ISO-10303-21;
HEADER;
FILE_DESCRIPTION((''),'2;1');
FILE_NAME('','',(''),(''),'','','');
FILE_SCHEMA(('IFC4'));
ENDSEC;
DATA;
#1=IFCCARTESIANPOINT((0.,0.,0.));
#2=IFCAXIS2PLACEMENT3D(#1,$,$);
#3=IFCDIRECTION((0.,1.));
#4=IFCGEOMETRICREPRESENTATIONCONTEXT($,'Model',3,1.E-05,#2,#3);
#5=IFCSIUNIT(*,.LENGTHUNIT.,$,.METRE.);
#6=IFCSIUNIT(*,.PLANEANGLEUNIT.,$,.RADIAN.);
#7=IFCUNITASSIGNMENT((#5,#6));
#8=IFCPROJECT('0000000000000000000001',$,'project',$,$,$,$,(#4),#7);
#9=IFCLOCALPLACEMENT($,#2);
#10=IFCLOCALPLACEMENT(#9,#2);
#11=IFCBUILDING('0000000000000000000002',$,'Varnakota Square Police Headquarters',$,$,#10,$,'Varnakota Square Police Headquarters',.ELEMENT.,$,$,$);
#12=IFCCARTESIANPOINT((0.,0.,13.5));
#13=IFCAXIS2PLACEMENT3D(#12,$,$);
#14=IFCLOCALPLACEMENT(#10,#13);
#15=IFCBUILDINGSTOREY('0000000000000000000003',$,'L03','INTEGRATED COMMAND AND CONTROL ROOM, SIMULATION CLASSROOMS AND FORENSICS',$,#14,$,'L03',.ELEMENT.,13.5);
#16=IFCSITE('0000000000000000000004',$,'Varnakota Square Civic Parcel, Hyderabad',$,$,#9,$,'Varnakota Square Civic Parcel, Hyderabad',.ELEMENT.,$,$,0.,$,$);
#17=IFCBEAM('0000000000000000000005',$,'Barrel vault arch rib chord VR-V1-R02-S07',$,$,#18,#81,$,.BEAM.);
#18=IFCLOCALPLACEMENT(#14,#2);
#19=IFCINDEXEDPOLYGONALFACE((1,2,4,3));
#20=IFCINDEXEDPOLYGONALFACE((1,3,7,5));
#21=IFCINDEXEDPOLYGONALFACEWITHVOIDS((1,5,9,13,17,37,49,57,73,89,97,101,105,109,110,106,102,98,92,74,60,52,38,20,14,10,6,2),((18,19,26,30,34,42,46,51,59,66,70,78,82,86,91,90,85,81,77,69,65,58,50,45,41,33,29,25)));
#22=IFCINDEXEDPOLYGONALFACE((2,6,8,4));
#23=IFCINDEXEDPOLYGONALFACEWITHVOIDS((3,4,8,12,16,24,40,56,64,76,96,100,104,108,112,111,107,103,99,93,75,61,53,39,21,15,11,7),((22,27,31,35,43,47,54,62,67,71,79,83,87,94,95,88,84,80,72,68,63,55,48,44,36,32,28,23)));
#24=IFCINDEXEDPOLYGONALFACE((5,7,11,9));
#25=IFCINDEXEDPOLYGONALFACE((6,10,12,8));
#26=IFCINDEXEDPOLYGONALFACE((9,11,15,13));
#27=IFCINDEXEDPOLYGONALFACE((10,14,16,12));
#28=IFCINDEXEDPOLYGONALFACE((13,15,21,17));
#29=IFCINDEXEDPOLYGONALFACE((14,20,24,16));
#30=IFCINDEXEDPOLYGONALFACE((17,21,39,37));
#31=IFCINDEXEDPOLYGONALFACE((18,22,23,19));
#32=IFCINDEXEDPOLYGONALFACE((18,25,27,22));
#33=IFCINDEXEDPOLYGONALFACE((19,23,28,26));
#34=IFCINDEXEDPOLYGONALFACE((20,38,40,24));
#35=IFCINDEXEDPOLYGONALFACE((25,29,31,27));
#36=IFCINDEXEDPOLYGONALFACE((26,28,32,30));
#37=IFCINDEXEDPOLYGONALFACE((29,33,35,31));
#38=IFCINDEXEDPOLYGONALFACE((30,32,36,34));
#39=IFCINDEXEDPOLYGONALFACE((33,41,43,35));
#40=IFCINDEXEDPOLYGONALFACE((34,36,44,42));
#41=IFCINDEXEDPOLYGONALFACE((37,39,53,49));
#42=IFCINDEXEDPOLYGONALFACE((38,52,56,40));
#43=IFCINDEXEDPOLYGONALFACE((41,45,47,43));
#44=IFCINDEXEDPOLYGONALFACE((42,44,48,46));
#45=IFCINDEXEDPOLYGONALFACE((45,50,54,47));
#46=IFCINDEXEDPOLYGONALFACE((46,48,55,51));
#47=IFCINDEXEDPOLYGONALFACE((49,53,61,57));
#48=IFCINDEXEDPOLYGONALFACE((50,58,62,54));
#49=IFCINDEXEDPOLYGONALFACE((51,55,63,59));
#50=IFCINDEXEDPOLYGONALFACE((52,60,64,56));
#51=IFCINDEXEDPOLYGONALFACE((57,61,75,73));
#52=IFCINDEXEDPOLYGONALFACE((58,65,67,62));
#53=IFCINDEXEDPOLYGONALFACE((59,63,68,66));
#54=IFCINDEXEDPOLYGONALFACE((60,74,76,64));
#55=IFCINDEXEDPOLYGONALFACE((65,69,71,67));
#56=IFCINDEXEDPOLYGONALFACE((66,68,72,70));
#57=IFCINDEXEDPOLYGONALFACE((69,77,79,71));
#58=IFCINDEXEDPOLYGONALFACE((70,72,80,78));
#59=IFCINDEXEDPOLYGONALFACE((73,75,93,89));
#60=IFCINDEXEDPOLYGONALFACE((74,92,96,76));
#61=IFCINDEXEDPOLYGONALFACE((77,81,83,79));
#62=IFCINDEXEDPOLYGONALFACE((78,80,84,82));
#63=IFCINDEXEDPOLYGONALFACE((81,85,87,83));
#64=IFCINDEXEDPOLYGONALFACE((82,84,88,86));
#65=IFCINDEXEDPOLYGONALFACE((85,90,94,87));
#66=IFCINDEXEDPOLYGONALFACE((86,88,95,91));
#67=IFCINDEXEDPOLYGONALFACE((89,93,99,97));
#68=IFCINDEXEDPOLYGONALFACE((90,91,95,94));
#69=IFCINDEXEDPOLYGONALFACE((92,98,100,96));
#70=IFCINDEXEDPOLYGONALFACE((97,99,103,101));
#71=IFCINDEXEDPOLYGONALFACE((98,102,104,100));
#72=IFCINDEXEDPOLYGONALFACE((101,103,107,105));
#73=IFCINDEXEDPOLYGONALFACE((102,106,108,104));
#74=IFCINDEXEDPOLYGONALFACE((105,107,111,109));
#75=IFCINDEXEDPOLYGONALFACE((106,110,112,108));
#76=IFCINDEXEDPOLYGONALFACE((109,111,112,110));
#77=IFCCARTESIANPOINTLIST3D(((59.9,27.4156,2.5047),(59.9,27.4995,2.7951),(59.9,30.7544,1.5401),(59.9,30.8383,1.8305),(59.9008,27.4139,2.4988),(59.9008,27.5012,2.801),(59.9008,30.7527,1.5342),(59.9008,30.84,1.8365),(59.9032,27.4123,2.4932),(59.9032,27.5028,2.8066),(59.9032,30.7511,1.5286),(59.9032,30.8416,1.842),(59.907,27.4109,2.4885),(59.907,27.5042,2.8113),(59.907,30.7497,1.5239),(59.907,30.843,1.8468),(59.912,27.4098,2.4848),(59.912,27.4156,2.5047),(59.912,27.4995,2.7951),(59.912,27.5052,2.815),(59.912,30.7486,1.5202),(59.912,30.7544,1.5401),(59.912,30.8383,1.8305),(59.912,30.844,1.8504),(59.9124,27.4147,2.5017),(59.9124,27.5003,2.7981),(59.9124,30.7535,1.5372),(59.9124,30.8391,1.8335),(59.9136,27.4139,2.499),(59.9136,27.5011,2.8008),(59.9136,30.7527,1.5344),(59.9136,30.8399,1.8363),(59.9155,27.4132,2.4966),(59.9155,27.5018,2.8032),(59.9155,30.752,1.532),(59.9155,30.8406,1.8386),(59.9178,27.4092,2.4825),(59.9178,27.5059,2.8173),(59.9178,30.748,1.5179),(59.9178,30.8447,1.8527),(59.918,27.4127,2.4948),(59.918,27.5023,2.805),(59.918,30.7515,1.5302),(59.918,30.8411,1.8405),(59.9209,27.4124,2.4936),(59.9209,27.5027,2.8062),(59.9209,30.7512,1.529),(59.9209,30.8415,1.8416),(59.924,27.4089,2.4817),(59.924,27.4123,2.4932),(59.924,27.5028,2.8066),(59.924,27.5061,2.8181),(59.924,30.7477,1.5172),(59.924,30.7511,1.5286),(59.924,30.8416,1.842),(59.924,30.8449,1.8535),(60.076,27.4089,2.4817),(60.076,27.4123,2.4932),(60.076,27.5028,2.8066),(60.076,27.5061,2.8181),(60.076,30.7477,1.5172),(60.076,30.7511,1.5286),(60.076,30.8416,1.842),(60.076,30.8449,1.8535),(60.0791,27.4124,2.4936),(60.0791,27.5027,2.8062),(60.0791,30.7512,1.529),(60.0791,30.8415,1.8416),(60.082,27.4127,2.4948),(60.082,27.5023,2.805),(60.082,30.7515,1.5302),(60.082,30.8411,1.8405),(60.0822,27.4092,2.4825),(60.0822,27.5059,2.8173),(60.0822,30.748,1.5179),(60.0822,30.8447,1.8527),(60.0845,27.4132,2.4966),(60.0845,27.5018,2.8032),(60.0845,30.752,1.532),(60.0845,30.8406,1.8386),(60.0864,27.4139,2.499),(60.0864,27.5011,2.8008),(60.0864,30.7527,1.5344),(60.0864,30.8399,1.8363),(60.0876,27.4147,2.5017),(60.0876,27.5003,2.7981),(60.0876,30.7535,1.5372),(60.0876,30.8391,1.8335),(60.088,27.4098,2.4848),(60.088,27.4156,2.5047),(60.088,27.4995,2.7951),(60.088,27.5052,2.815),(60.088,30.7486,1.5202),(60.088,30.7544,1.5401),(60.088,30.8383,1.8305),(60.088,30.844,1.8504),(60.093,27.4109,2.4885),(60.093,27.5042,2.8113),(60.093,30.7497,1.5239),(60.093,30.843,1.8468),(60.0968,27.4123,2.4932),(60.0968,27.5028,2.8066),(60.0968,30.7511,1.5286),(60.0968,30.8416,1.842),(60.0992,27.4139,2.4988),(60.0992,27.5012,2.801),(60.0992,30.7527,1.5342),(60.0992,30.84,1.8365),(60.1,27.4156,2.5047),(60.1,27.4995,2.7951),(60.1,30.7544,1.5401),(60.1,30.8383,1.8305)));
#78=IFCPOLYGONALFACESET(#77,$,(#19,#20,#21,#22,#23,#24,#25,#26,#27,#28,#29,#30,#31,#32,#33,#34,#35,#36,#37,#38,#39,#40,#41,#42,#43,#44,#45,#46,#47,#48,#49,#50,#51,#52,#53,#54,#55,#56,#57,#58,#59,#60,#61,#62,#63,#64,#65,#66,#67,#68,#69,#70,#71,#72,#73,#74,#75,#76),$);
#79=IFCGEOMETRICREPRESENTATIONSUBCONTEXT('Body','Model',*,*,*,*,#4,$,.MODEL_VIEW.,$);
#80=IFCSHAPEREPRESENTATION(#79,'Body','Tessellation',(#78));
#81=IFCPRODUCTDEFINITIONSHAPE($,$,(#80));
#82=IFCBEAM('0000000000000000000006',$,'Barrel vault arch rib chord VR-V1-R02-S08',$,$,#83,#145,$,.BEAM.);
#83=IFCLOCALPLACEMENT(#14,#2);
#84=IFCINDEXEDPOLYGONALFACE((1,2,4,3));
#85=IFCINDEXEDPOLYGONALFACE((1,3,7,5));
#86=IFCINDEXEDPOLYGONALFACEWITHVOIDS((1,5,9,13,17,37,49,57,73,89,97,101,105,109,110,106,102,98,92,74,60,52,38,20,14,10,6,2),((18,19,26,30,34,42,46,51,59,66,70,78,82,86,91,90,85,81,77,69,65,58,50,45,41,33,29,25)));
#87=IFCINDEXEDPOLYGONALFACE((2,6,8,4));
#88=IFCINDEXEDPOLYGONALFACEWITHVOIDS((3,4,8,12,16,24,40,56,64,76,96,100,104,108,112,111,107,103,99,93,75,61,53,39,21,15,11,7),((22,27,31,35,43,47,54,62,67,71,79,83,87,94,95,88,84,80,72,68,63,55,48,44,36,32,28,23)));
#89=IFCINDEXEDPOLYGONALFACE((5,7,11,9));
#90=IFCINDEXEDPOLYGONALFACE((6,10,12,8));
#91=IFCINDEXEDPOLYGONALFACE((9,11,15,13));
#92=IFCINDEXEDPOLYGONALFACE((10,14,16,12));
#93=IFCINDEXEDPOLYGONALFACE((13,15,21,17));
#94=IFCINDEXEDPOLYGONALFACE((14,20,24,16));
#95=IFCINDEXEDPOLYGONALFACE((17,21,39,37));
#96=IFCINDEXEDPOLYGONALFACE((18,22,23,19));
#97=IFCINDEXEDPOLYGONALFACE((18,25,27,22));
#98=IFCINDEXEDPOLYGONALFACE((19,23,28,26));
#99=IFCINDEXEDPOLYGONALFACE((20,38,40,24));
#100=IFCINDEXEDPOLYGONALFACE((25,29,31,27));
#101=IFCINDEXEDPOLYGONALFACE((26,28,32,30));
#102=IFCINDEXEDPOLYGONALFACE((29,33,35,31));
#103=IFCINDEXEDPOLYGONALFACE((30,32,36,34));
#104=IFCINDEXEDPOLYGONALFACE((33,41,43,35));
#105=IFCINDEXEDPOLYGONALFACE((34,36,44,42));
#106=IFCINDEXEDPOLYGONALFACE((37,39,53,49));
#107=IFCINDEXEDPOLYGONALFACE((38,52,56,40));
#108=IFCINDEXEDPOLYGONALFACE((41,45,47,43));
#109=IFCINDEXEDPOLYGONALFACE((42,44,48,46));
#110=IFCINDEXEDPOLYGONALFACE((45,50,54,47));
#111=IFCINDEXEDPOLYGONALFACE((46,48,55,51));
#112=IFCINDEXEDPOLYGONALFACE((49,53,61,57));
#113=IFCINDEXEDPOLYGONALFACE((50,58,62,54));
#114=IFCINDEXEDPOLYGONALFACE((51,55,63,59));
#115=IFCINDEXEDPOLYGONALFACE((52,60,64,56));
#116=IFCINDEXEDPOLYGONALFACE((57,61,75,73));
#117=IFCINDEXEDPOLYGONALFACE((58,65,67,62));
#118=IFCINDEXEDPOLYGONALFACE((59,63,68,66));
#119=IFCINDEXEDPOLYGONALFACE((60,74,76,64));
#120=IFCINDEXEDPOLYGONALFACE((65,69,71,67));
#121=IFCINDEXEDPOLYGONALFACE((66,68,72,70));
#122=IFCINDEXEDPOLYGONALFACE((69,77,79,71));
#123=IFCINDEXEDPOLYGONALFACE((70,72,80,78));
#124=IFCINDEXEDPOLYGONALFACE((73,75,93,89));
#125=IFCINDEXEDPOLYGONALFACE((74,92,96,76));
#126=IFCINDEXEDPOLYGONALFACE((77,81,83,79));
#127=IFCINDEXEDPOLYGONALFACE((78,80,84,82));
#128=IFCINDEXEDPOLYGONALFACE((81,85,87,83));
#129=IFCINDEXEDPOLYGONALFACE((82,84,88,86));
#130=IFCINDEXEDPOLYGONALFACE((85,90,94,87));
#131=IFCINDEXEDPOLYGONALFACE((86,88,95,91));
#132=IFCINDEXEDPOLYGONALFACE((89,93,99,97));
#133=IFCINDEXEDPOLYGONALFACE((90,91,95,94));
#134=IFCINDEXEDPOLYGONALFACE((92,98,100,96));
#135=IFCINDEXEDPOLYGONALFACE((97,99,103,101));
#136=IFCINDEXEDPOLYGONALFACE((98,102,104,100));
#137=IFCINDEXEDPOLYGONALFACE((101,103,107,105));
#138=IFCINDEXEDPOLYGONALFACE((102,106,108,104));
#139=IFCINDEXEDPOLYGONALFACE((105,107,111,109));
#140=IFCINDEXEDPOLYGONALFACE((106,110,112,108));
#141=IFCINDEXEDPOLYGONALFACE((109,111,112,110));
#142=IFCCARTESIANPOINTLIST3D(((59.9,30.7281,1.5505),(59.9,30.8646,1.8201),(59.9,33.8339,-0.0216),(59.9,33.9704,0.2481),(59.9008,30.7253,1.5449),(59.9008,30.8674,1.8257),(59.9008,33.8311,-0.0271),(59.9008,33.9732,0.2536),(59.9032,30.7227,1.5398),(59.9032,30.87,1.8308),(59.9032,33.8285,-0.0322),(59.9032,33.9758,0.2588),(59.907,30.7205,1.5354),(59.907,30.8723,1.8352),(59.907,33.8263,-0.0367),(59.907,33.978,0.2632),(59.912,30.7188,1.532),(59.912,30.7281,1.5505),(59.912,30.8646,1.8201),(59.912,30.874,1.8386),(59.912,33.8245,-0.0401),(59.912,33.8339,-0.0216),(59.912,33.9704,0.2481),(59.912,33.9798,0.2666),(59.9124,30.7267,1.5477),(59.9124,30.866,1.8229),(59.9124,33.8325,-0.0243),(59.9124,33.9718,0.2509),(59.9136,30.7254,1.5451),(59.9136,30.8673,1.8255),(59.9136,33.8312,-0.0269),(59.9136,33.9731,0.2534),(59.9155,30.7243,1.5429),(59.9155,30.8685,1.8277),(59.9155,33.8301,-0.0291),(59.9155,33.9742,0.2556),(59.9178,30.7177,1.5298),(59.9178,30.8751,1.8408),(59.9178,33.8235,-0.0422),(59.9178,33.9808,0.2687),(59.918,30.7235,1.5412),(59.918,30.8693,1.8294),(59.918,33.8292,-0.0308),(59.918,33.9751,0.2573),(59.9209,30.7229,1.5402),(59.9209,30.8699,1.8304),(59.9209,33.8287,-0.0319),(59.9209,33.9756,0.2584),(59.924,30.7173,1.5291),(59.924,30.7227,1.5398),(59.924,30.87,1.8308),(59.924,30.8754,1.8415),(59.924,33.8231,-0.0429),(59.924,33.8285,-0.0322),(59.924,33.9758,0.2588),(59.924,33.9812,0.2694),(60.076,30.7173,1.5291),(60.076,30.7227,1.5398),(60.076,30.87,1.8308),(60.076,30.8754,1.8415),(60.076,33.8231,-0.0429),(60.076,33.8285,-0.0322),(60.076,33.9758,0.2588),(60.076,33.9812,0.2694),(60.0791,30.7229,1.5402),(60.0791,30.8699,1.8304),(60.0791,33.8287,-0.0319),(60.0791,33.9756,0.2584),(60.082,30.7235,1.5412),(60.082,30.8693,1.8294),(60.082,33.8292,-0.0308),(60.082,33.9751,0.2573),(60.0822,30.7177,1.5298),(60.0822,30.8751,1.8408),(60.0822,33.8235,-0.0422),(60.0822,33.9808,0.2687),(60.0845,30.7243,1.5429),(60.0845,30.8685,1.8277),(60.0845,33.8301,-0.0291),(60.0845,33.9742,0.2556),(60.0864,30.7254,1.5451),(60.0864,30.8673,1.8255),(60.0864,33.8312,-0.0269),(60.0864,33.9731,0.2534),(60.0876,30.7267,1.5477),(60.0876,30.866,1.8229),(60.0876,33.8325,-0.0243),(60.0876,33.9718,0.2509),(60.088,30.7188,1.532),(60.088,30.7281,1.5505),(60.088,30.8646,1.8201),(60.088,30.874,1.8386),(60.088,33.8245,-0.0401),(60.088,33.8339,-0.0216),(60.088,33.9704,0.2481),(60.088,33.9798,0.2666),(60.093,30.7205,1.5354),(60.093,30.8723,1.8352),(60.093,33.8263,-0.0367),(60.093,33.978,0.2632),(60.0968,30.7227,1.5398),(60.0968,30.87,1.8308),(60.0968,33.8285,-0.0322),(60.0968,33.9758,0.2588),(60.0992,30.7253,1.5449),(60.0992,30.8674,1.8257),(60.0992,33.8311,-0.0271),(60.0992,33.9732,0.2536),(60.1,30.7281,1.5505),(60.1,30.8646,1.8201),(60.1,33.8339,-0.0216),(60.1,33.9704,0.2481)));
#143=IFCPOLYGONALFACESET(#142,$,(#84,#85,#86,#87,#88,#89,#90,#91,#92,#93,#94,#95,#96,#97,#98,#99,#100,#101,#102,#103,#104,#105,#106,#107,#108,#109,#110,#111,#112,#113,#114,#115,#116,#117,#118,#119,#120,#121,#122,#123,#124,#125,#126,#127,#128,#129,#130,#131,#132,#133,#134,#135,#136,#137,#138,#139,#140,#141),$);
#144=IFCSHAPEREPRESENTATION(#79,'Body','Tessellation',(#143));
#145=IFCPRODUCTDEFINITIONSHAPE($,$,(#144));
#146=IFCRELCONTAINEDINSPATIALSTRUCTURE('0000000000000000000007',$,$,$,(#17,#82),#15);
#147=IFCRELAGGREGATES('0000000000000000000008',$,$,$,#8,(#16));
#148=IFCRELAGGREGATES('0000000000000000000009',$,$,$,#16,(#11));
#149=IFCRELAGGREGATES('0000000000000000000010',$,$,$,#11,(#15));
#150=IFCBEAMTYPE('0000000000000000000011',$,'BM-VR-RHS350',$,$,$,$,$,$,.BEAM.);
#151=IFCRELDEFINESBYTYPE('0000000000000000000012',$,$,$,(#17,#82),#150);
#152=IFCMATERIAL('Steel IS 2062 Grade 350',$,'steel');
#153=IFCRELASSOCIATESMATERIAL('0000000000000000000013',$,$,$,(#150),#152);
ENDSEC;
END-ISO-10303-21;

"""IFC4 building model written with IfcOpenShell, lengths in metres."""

from ifc_helpers import new_model, si_unit, direction, frame, origin, origin_2d, place, context, subcontext, project, spatial, hollow_rectangle, extrude, material, material_profile, profile_set, type_object, element, save


model = new_model("IFC4")

# Units and contexts
model_context = context("Model", 3, precision=1e-05, world=origin(), true_north=direction((0.0, 1.0)))
body_context = subcontext(model_context, "Body", "Model", "MODEL_VIEW")
ifc_project = project(units=[si_unit("LENGTHUNIT", "METRE"), si_unit("PLANEANGLEUNIT", "RADIAN")], contexts=[model_context])

# Site, building, storey
site_placement = place(None, origin())
site = spatial("IfcSite", under=ifc_project, at=site_placement, Name="Varnakota Square Civic Parcel, Hyderabad", LongName="Varnakota Square Civic Parcel, Hyderabad", CompositionType="ELEMENT", RefElevation=0.0)
building_placement = place(site_placement, origin())
building = spatial("IfcBuilding", under=site, at=building_placement, Name="Varnakota Square Police Headquarters", LongName="Varnakota Square Police Headquarters", CompositionType="ELEMENT")
storey_placement = place(building_placement, frame((0.0, 0.0, 13.5)))
storey = spatial("IfcBuildingStorey", under=building, at=storey_placement, Name="L03", Description="INTEGRATED COMMAND AND CONTROL ROOM, SIMULATION CLASSROOMS AND FORENSICS", LongName="L03", CompositionType="ELEMENT", Elevation=13.5)

# Beams
ifc_material_1 = material(Name="Steel IS 2062 Grade 350", Category="steel")
ifc_material_profile_1 = material_profile(ifc_material_1, hollow_rectangle(XDim=0.2, YDim=0.3501, WallThickness=0.012, InnerFilletRadius=0.012, OuterFilletRadius=0.0239, at=origin_2d()), Name="RHS 350x200x12")
ifc_profile_set_1 = profile_set([ifc_material_profile_1], Name="Steel IS 2062 Grade 350")
beam_type = type_object("IfcBeamType", Name="BM-VR-RHS350", PredefinedType="BEAM", material=ifc_profile_set_1)
beam_1_placement = place(storey_placement, frame((60.0, 27.4575, 2.6499), z_axis=(0.0, 0.960711, -0.27755), x_axis=(-1.0, 0.0, 0.0)))
element("IfcBeam", 1, at=beam_1_placement, inside=storey, type_object=beam_type, Name="Barrel vault arch rib chord VR-V1-R02-S07", PredefinedType="BEAM", context=body_context, shape_type="SweptSolid", body=[
    extrude(hollow_rectangle(XDim=0.2, YDim=0.3501, WallThickness=0.012, InnerFilletRadius=0.012, OuterFilletRadius=0.0239, at=origin_2d()), origin(), (0.0, 0.0, 1.0), 3.4753),
])
beam_2_placement = place(storey_placement, frame((60.0, 30.7964, 1.6853), z_axis=(0.0, 0.892214, -0.451613), x_axis=(-1.0, 0.0, 0.0)))
element("IfcBeam", 2, at=beam_2_placement, inside=storey, type_object=beam_type, Name="Barrel vault arch rib chord VR-V1-R02-S08", PredefinedType="BEAM", context=body_context, shape_type="SweptSolid", body=[
    extrude(hollow_rectangle(XDim=0.2, YDim=0.3501, WallThickness=0.012, InnerFilletRadius=0.012, OuterFilletRadius=0.0239, at=origin_2d()), origin(), (0.0, 0.0, 1.0), 3.481),
])

save(model, "model.ifc")
